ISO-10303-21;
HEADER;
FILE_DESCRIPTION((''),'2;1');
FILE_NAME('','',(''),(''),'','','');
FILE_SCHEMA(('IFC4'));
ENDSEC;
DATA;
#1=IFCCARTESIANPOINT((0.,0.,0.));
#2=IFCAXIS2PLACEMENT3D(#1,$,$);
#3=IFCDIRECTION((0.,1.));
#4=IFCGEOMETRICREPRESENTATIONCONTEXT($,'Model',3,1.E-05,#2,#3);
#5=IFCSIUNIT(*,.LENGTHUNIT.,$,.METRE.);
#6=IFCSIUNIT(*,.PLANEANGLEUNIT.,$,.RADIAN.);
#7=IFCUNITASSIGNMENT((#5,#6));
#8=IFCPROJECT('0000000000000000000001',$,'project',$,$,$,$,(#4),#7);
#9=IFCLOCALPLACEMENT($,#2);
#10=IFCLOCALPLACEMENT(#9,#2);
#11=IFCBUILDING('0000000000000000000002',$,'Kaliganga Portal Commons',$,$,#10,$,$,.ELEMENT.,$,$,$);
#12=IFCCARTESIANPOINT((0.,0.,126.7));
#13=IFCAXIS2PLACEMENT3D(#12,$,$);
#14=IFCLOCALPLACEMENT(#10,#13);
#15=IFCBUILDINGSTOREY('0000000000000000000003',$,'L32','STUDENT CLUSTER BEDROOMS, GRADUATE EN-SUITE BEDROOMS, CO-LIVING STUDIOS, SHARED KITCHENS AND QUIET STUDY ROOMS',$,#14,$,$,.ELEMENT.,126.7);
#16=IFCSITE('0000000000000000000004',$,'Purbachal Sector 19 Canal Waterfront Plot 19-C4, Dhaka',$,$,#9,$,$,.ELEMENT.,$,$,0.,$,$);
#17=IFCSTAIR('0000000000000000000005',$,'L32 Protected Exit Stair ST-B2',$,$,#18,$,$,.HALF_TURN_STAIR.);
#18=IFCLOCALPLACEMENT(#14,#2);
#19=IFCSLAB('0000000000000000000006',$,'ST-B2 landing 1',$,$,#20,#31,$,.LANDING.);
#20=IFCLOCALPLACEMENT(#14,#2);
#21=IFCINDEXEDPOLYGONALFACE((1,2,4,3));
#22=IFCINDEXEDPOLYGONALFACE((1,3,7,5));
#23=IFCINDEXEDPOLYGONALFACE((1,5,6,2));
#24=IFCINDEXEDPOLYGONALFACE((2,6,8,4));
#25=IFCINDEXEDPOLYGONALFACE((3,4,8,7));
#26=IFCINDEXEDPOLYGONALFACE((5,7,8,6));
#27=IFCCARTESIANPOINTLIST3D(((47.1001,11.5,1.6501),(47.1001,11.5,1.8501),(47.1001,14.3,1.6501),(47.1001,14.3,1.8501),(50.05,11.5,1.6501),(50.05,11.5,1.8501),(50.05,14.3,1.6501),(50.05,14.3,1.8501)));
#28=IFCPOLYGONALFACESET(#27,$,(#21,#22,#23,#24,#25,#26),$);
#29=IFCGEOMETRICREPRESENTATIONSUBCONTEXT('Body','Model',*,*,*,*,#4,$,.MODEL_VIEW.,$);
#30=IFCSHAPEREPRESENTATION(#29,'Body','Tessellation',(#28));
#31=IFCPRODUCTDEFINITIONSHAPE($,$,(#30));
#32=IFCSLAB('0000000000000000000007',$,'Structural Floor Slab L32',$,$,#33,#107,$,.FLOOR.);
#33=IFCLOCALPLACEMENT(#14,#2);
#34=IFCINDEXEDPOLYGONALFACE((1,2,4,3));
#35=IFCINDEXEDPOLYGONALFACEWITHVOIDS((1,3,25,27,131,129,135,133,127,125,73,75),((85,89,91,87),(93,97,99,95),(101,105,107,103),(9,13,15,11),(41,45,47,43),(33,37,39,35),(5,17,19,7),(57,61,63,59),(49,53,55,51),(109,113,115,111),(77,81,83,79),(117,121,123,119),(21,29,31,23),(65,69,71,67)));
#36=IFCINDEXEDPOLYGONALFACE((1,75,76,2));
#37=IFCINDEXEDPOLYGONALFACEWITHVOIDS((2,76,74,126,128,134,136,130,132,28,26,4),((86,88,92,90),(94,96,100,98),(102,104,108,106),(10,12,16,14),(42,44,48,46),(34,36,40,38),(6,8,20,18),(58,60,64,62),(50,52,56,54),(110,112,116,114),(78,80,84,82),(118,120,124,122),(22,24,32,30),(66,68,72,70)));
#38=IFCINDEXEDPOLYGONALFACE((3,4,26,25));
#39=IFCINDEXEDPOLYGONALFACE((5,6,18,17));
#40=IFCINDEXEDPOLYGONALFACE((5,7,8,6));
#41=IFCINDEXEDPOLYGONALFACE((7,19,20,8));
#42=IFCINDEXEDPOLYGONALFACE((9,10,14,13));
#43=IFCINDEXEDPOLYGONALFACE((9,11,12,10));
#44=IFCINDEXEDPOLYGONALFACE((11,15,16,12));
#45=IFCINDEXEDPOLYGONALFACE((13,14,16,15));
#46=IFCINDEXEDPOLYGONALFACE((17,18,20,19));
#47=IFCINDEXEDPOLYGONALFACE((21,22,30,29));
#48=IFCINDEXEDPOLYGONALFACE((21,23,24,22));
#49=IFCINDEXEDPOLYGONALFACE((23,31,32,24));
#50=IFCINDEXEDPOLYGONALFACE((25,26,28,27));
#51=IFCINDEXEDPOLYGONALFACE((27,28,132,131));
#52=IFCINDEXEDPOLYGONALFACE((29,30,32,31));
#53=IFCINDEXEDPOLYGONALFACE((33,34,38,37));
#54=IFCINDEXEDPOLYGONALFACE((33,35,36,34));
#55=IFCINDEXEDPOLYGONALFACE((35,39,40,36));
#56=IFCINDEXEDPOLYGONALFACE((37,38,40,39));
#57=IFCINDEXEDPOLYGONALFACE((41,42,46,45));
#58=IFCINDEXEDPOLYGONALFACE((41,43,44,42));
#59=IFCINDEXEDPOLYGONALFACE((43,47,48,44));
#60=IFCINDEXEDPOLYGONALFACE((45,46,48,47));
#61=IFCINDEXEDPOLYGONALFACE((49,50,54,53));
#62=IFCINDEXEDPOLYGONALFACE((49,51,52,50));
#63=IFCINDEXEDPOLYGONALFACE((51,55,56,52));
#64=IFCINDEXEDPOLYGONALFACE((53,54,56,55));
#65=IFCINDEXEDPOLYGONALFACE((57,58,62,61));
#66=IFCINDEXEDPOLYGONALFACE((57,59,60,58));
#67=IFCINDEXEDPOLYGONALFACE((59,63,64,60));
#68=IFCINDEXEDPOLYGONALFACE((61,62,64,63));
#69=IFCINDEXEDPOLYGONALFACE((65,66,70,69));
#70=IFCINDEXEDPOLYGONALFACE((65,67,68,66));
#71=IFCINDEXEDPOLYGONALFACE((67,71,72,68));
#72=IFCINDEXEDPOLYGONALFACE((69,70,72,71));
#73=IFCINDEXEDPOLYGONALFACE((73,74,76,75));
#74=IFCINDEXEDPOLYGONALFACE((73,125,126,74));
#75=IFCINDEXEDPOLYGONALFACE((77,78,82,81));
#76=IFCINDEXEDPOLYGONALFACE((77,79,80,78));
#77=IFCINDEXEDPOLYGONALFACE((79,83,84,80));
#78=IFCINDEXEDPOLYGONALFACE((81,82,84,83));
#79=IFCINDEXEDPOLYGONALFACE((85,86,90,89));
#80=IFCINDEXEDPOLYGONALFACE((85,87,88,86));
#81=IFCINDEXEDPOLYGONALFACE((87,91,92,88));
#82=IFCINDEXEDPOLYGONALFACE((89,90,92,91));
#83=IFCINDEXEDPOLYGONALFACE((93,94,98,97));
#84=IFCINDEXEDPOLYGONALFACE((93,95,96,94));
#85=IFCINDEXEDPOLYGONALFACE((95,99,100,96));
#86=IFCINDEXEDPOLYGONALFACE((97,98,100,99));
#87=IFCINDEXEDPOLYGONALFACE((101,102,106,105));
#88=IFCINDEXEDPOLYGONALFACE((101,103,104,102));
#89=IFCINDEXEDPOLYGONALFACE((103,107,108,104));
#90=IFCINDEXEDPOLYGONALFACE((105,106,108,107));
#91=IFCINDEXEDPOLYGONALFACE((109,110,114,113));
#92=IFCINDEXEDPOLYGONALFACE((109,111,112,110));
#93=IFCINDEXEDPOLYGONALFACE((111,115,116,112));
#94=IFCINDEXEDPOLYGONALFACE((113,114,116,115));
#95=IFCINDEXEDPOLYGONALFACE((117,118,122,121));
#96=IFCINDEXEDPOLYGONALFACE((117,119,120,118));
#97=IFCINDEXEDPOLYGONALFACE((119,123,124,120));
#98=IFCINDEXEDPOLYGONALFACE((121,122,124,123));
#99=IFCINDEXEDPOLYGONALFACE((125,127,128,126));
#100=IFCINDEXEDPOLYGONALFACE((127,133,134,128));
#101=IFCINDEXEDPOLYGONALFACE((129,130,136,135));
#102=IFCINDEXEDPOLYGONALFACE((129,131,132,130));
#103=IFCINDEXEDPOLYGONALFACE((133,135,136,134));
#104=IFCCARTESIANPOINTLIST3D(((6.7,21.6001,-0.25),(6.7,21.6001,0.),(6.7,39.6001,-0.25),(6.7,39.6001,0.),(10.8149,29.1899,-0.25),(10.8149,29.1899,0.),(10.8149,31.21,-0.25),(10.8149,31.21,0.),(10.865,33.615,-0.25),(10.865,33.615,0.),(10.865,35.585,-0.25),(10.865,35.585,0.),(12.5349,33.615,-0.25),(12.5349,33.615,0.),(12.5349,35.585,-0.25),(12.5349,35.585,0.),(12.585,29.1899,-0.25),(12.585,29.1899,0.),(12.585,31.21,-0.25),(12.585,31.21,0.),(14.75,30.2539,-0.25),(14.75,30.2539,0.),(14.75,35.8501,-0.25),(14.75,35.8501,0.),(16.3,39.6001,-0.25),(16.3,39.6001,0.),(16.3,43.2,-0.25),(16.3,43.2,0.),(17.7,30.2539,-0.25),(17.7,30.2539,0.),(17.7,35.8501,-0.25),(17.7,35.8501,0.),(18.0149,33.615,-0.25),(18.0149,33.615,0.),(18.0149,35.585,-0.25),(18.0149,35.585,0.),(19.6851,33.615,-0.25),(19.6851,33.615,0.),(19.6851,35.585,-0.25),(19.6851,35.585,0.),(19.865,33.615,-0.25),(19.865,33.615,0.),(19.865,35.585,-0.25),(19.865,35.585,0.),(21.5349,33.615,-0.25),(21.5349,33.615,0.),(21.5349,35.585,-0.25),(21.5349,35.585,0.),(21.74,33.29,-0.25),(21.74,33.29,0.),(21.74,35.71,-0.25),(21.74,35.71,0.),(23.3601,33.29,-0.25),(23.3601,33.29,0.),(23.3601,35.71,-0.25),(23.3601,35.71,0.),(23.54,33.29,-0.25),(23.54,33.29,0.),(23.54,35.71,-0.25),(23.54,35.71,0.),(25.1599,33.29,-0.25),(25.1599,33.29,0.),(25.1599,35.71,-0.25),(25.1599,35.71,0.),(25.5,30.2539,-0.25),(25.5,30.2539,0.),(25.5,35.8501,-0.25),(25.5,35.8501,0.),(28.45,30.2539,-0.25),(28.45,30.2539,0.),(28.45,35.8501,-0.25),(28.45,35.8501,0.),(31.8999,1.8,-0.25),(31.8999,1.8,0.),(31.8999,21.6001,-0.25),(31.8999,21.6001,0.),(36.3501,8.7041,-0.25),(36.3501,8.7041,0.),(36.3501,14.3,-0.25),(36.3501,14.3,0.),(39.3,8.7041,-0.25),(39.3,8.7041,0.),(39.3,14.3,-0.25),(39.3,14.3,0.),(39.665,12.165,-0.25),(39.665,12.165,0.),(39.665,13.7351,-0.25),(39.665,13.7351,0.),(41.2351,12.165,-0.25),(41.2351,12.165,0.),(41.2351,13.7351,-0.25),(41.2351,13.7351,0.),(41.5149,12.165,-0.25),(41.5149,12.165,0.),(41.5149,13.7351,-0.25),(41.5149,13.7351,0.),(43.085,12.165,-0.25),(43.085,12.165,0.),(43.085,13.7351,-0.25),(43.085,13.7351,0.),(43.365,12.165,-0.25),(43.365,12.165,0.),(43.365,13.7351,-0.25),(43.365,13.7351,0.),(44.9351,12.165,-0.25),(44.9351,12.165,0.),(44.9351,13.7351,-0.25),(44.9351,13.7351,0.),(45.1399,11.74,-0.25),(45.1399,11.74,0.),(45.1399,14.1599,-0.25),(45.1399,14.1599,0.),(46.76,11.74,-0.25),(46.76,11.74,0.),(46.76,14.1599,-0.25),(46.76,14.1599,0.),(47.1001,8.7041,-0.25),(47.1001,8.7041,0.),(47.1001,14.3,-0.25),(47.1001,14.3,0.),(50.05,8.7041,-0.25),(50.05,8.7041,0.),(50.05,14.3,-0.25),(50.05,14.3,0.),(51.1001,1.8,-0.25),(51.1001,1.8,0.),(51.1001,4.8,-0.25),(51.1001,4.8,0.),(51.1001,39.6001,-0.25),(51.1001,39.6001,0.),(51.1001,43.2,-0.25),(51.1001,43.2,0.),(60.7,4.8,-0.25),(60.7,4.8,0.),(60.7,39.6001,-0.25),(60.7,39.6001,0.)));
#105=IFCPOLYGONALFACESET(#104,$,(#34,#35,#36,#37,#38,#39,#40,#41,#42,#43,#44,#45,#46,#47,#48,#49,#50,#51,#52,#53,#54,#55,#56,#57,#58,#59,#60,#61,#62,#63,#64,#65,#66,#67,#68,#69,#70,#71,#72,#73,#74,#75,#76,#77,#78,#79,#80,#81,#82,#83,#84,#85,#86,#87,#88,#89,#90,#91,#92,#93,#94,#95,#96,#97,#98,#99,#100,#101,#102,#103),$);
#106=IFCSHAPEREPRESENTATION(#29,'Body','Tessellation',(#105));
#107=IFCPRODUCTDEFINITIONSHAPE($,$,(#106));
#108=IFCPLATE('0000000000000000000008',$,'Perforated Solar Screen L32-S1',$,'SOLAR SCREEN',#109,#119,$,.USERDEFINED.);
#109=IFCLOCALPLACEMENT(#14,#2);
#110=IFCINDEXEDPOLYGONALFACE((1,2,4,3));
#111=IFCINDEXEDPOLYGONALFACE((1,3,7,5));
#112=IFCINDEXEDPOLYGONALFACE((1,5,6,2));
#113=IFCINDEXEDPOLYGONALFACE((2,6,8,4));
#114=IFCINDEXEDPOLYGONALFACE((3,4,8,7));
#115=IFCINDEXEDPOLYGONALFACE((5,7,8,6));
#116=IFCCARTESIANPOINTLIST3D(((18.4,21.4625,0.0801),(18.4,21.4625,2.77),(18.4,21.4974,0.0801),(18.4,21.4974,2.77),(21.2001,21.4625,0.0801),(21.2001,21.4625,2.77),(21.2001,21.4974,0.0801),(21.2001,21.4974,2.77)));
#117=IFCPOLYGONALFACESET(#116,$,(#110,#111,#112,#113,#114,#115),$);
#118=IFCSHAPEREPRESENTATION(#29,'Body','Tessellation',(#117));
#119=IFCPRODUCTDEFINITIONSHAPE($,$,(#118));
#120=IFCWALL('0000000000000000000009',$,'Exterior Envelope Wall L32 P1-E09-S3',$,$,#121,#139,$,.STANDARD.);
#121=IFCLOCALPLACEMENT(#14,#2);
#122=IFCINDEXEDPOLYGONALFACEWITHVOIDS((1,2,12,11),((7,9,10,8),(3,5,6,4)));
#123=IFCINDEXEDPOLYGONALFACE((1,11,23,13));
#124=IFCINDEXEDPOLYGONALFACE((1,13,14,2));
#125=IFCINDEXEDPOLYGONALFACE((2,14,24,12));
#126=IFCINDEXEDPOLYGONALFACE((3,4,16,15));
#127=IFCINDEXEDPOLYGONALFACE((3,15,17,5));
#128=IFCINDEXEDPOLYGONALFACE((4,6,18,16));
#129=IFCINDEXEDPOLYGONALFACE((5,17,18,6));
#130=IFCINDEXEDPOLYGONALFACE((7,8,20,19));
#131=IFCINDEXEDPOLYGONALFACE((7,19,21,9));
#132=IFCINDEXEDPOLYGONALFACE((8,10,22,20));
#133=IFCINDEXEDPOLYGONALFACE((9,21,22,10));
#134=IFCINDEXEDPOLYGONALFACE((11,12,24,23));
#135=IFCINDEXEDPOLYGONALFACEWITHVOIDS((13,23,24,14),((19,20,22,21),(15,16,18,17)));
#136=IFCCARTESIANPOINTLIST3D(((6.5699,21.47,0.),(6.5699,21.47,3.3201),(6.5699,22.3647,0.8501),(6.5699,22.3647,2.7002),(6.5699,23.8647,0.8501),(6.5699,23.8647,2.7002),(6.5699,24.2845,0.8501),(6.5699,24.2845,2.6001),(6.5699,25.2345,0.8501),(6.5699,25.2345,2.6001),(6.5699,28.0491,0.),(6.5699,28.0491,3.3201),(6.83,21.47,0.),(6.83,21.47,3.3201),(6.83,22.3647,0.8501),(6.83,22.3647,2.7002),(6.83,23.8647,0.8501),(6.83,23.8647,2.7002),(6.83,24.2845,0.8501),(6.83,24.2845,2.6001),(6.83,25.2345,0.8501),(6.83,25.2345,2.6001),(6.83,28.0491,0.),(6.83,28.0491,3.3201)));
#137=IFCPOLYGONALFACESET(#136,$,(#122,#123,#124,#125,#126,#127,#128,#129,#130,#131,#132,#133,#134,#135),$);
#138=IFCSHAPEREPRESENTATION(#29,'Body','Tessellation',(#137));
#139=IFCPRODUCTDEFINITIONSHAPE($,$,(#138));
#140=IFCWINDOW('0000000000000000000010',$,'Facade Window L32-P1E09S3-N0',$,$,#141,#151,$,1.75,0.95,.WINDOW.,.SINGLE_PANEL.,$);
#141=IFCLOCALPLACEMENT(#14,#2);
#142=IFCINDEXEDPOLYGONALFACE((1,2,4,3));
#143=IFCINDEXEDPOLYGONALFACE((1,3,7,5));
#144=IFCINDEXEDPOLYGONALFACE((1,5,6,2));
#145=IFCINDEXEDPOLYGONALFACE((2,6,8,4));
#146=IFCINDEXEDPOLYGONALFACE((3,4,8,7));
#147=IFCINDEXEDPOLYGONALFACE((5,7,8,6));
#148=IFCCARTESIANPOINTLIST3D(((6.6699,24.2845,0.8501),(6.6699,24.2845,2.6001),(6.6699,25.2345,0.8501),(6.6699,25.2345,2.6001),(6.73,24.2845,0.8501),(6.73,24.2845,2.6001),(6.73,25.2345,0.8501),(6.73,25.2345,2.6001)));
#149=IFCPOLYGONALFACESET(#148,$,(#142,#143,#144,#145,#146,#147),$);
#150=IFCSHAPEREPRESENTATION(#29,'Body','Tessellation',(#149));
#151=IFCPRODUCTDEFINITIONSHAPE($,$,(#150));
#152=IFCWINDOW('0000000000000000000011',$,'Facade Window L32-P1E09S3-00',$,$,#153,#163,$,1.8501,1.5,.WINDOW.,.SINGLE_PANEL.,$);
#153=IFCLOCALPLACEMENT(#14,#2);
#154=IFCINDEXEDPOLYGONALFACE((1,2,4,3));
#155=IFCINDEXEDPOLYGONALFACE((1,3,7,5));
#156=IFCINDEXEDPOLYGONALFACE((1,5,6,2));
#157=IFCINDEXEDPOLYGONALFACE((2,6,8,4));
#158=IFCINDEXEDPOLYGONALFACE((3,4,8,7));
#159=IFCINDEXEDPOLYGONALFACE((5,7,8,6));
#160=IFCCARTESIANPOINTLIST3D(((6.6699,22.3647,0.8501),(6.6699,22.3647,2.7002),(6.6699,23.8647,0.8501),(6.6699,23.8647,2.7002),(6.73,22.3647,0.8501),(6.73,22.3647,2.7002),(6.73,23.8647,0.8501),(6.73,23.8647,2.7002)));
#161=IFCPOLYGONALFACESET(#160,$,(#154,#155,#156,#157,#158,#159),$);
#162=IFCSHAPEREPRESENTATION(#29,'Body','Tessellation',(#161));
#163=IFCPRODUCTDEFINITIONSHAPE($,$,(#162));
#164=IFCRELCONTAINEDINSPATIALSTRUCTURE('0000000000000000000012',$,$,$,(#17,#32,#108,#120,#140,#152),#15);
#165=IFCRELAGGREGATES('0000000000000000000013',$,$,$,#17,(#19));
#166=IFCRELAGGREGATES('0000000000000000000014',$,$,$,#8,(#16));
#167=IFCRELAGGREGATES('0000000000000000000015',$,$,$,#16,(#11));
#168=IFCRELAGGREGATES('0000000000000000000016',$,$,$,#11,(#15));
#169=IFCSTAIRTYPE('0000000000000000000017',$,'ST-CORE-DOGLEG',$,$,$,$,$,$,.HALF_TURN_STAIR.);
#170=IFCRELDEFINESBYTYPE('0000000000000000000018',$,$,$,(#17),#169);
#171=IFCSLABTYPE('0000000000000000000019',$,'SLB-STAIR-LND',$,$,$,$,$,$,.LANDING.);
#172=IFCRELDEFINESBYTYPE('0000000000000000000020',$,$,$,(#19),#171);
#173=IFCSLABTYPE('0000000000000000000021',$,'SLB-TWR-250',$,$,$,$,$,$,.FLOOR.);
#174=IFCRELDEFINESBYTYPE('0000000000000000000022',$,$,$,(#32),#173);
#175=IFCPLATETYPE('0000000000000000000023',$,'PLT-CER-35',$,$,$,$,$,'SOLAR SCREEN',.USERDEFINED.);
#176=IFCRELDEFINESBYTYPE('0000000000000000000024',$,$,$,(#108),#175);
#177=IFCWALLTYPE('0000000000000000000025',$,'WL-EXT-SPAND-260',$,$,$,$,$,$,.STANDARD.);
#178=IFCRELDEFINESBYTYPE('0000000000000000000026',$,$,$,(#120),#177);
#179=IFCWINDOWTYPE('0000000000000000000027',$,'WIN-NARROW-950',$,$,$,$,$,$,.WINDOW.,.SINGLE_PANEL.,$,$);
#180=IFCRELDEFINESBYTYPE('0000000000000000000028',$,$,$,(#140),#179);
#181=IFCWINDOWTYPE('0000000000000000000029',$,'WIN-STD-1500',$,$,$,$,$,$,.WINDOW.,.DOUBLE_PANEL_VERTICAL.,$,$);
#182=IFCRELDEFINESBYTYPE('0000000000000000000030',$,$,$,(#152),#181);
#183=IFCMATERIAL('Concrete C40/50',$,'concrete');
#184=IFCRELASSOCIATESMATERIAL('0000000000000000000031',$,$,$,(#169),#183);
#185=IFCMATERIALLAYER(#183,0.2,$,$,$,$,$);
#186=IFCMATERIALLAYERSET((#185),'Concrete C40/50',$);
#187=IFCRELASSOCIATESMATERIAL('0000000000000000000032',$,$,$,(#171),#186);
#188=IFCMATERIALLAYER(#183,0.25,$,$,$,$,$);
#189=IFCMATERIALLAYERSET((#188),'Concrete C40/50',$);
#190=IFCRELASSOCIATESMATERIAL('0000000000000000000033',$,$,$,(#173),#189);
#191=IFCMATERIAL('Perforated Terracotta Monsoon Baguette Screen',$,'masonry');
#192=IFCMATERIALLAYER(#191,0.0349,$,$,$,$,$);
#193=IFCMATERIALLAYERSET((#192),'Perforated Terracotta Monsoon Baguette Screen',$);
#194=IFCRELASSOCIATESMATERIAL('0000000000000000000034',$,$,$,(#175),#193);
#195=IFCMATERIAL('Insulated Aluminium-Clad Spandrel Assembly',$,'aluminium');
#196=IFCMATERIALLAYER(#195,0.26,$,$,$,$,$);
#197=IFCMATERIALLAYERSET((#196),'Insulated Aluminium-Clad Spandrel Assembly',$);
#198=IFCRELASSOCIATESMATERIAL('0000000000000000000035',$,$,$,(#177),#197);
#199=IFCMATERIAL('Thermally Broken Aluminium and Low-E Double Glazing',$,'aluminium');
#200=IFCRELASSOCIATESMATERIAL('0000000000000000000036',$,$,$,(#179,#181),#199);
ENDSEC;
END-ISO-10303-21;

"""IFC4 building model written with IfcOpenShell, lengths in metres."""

from ifc_helpers import new_model, si_unit, direction, frame, frame_2d, origin, origin_2d, place, context, subcontext, project, spatial, polyline, rectangle, outline, extrude, source, transform, mapped, material, layer, layer_set, type_object, element, fill, aggregate, save


model = new_model("IFC4")

# Units and contexts
model_context = context("Model", 3, precision=1e-05, world=origin(), true_north=direction((0.0, 1.0)))
body_context = subcontext(model_context, "Body", "Model", "MODEL_VIEW")
ifc_project = project(units=[si_unit("LENGTHUNIT", "METRE"), si_unit("PLANEANGLEUNIT", "RADIAN")], contexts=[model_context])

# Site, building, storey
site_placement = place(None, origin())
site = spatial("IfcSite", under=ifc_project, at=site_placement, Name="Purbachal Sector 19 Canal Waterfront Plot 19-C4, Dhaka", CompositionType="ELEMENT", RefElevation=0.0)
building_placement = place(site_placement, origin())
building = spatial("IfcBuilding", under=site, at=building_placement, Name="Kaliganga Portal Commons", CompositionType="ELEMENT")
storey_placement = place(building_placement, frame((0.0, 0.0, 126.7)))
storey = spatial("IfcBuildingStorey", under=building, at=storey_placement, Name="L32", Description="STUDENT CLUSTER BEDROOMS, GRADUATE EN-SUITE BEDROOMS, CO-LIVING STUDIOS, SHARED KITCHENS AND QUIET STUDY ROOMS", CompositionType="ELEMENT", Elevation=126.7)

# Shared definitions
ifc_material_1 = material(Name="Concrete C40/50", Category="concrete")

# Stair, slab
stair_type = type_object("IfcStairType", Name="ST-CORE-DOGLEG", PredefinedType="HALF_TURN_STAIR", material=ifc_material_1)
ifc_layer_1 = layer(ifc_material_1, 0.2)
ifc_layer_set_1 = layer_set([ifc_layer_1], Name="Concrete C40/50")
slab_type_1 = type_object("IfcSlabType", Name="SLB-STAIR-LND", PredefinedType="LANDING", material=ifc_layer_set_1)
stair_1_placement = place(storey_placement, origin())
stair_1 = element("IfcStair", 1, at=stair_1_placement, inside=storey, type_object=stair_type, Name="L32 Protected Exit Stair ST-B2", PredefinedType="HALF_TURN_STAIR")
slab_1_placement = place(storey_placement, frame((0.0, 0.0, 1.6501)))
slab_1 = element("IfcSlab", 2, at=slab_1_placement, type_object=slab_type_1, Name="ST-B2 landing 1", PredefinedType="LANDING", context=body_context, shape_type="SweptSolid", body=[
    extrude(outline(polyline([(50.05, 11.5), (50.05, 14.3), (47.1001, 14.3), (47.1001, 11.5), (50.05, 11.5)])), origin(), (0.0, 0.0, 1.0), 0.2),
])
aggregate(stair_1, [slab_1])

# Slab
ifc_layer_2 = layer(ifc_material_1, 0.25)
ifc_layer_set_2 = layer_set([ifc_layer_2], Name="Concrete C40/50")
slab_type_2 = type_object("IfcSlabType", Name="SLB-TWR-250", PredefinedType="FLOOR", material=ifc_layer_set_2)
slab_2_placement = place(storey_placement, frame((0.0, 0.0, -0.25)))
element("IfcSlab", 3, at=slab_2_placement, inside=storey, type_object=slab_type_2, Name="Structural Floor Slab L32", PredefinedType="FLOOR", context=body_context, shape_type="SweptSolid", body=[
    extrude(outline(polyline([(31.8999, 1.8), (51.1001, 1.8), (51.1001, 4.8), (60.7, 4.8), (60.7, 39.6001), (51.1001, 39.6001), (51.1001, 43.2), (16.3, 43.2), (16.3, 39.6001), (6.7, 39.6001), (6.7, 21.6001), (31.8999, 21.6001), (31.8999, 1.8)]), holes=[polyline([(14.75, 30.2539), (14.75, 35.8501), (17.7, 35.8501), (17.7, 30.2539), (14.75, 30.2539)]), polyline([(25.5, 30.2539), (25.5, 35.8501), (28.45, 35.8501), (28.45, 30.2539), (25.5, 30.2539)]), polyline([(36.3501, 8.7041), (36.3501, 14.3), (39.3, 14.3), (39.3, 8.7041), (36.3501, 8.7041)]), polyline([(47.1001, 8.7041), (47.1001, 14.3), (50.05, 14.3), (50.05, 8.7041), (47.1001, 8.7041)]), polyline([(18.0149, 33.615), (18.0149, 35.585), (19.6851, 35.585), (19.6851, 33.615), (18.0149, 33.615)]), polyline([(19.865, 33.615), (19.865, 35.585), (21.5349, 35.585), (21.5349, 33.615), (19.865, 33.615)]), polyline([(10.8149, 29.1899), (10.8149, 31.21), (12.585, 31.21), (12.585, 29.1899), (10.8149, 29.1899)]), polyline([(10.865, 33.615), (10.865, 35.585), (12.5349, 35.585), (12.5349, 33.615), (10.865, 33.615)]), polyline([(21.74, 33.29), (21.74, 35.71), (23.3601, 35.71), (23.3601, 33.29), (21.74, 33.29)]), polyline([(23.54, 33.29), (23.54, 35.71), (25.1599, 35.71), (25.1599, 33.29), (23.54, 33.29)]), polyline([(39.665, 12.165), (39.665, 13.7351), (41.2351, 13.7351), (41.2351, 12.165), (39.665, 12.165)]), polyline([(41.5149, 12.165), (41.5149, 13.7351), (43.085, 13.7351), (43.085, 12.165), (41.5149, 12.165)]), polyline([(43.365, 12.165), (43.365, 13.7351), (44.9351, 13.7351), (44.9351, 12.165), (43.365, 12.165)]), polyline([(45.1399, 11.74), (45.1399, 14.1599), (46.76, 14.1599), (46.76, 11.74), (45.1399, 11.74)])]), origin(), (0.0, 0.0, 1.0), 0.25),
])

# Plate
ifc_material_2 = material(Name="Perforated Terracotta Monsoon Baguette Screen", Category="masonry")
ifc_layer_3 = layer(ifc_material_2, 0.0349)
ifc_layer_set_3 = layer_set([ifc_layer_3], Name="Perforated Terracotta Monsoon Baguette Screen")
plate_type = type_object("IfcPlateType", Name="PLT-CER-35", ElementType="SOLAR SCREEN", PredefinedType="USERDEFINED", material=ifc_layer_set_3)
shared_shape_1 = source(origin(), body_context, "Body", "SweptSolid", [
    extrude(rectangle(XDim=2.8, YDim=0.0349, at=origin_2d()), origin(), (0.0, 0.0, 1.0), 2.6899),
])
plate_placement = place(storey_placement, frame((19.8, 21.48, 0.0801), z_axis=(0.0, 0.0, 1.0), x_axis=(1.0, 0.0, 0.0)))
element("IfcPlate", 4, at=plate_placement, inside=storey, type_object=plate_type, Name="Perforated Solar Screen L32-S1", ObjectType="SOLAR SCREEN", PredefinedType="USERDEFINED", context=body_context, shape_type="MappedRepresentation", body=[
    mapped(shared_shape_1, transform((0.0, 0.0, 0.0), x_axis=(1.0, 0.0, 0.0), y_axis=(0.0, 1.0, 0.0), z_axis=(0.0, 0.0, 1.0), scale=1.0)),
])

# Wall, openings, windows
ifc_material_3 = material(Name="Insulated Aluminium-Clad Spandrel Assembly", Category="aluminium")
ifc_layer_4 = layer(ifc_material_3, 0.26)
ifc_layer_set_4 = layer_set([ifc_layer_4], Name="Insulated Aluminium-Clad Spandrel Assembly")
wall_type_1 = type_object("IfcWallType", Name="WL-EXT-SPAND-260", PredefinedType="STANDARD", material=ifc_layer_set_4)
wall_1_placement = place(storey_placement, frame((6.7, 21.47, 0.0), z_axis=(0.0, 0.0, 1.0), x_axis=(0.0, 1.0, 0.0)))
wall_1 = element("IfcWall", 5, at=wall_1_placement, inside=storey, type_object=wall_type_1, Name="Exterior Envelope Wall L32 P1-E09-S3", PredefinedType="STANDARD", context=body_context, shape_type="SweptSolid", body=[
    extrude(rectangle(XDim=6.5791, YDim=0.26, at=frame_2d((3.2896, 0.0))), origin(), (0.0, 0.0, 1.0), 3.3201),
])
opening_1_placement = place(wall_1_placement, frame((0.8948, 0.0, 0.8501)))
opening_1 = element("IfcOpeningElement", 6, at=opening_1_placement, cuts=wall_1, PredefinedType="OPENING", context=body_context, shape_type="SweptSolid", body=[
    extrude(rectangle(XDim=1.5, YDim=1.8501, at=frame_2d((0.75, 0.925))), frame((0.0, 0.1401, 0.0), z_axis=(0.0, -1.0, 0.0), x_axis=(1.0, 0.0, 0.0)), (0.0, 0.0, 1.0), 0.28),
])
opening_2_placement = place(wall_1_placement, frame((2.8145, 0.0, 0.8501)))
opening_2 = element("IfcOpeningElement", 7, at=opening_2_placement, cuts=wall_1, PredefinedType="OPENING", context=body_context, shape_type="SweptSolid", body=[
    extrude(rectangle(XDim=0.95, YDim=1.75, at=frame_2d((0.4751, 0.875))), frame((0.0, 0.1401, 0.0), z_axis=(0.0, -1.0, 0.0), x_axis=(1.0, 0.0, 0.0)), (0.0, 0.0, 1.0), 0.28),
])
ifc_material_4 = material(Name="Thermally Broken Aluminium and Low-E Double Glazing", Category="aluminium")
window_type_1 = type_object("IfcWindowType", Name="WIN-NARROW-950", PartitioningType="SINGLE_PANEL", PredefinedType="WINDOW", material=ifc_material_4)
window_1_placement = place(opening_2_placement, origin())
window_1 = element("IfcWindow", 8, at=window_1_placement, inside=storey, type_object=window_type_1, Name="Facade Window L32-P1E09S3-N0", OverallHeight=1.75, OverallWidth=0.95, PartitioningType="SINGLE_PANEL", PredefinedType="WINDOW", context=body_context, shape_type="SweptSolid", body=[
    extrude(rectangle(XDim=0.95, YDim=1.75, at=frame_2d((0.4751, 0.875))), frame((0.0, 0.03, 0.0), z_axis=(0.0, -1.0, 0.0), x_axis=(1.0, 0.0, 0.0)), (0.0, 0.0, 1.0), 0.0601),
])
fill(opening_2, window_1)
window_type_2 = type_object("IfcWindowType", Name="WIN-STD-1500", PartitioningType="DOUBLE_PANEL_VERTICAL", PredefinedType="WINDOW", material=ifc_material_4)
window_2_placement = place(opening_1_placement, origin())
window_2 = element("IfcWindow", 9, at=window_2_placement, inside=storey, type_object=window_type_2, Name="Facade Window L32-P1E09S3-00", OverallHeight=1.8501, OverallWidth=1.5, PartitioningType="SINGLE_PANEL", PredefinedType="WINDOW", context=body_context, shape_type="SweptSolid", body=[
    extrude(rectangle(XDim=1.5, YDim=1.8501, at=frame_2d((0.75, 0.925))), frame((0.0, 0.03, 0.0), z_axis=(0.0, -1.0, 0.0), x_axis=(1.0, 0.0, 0.0)), (0.0, 0.0, 1.0), 0.0601),
])
fill(opening_1, window_2)

save(model, "model.ifc")
